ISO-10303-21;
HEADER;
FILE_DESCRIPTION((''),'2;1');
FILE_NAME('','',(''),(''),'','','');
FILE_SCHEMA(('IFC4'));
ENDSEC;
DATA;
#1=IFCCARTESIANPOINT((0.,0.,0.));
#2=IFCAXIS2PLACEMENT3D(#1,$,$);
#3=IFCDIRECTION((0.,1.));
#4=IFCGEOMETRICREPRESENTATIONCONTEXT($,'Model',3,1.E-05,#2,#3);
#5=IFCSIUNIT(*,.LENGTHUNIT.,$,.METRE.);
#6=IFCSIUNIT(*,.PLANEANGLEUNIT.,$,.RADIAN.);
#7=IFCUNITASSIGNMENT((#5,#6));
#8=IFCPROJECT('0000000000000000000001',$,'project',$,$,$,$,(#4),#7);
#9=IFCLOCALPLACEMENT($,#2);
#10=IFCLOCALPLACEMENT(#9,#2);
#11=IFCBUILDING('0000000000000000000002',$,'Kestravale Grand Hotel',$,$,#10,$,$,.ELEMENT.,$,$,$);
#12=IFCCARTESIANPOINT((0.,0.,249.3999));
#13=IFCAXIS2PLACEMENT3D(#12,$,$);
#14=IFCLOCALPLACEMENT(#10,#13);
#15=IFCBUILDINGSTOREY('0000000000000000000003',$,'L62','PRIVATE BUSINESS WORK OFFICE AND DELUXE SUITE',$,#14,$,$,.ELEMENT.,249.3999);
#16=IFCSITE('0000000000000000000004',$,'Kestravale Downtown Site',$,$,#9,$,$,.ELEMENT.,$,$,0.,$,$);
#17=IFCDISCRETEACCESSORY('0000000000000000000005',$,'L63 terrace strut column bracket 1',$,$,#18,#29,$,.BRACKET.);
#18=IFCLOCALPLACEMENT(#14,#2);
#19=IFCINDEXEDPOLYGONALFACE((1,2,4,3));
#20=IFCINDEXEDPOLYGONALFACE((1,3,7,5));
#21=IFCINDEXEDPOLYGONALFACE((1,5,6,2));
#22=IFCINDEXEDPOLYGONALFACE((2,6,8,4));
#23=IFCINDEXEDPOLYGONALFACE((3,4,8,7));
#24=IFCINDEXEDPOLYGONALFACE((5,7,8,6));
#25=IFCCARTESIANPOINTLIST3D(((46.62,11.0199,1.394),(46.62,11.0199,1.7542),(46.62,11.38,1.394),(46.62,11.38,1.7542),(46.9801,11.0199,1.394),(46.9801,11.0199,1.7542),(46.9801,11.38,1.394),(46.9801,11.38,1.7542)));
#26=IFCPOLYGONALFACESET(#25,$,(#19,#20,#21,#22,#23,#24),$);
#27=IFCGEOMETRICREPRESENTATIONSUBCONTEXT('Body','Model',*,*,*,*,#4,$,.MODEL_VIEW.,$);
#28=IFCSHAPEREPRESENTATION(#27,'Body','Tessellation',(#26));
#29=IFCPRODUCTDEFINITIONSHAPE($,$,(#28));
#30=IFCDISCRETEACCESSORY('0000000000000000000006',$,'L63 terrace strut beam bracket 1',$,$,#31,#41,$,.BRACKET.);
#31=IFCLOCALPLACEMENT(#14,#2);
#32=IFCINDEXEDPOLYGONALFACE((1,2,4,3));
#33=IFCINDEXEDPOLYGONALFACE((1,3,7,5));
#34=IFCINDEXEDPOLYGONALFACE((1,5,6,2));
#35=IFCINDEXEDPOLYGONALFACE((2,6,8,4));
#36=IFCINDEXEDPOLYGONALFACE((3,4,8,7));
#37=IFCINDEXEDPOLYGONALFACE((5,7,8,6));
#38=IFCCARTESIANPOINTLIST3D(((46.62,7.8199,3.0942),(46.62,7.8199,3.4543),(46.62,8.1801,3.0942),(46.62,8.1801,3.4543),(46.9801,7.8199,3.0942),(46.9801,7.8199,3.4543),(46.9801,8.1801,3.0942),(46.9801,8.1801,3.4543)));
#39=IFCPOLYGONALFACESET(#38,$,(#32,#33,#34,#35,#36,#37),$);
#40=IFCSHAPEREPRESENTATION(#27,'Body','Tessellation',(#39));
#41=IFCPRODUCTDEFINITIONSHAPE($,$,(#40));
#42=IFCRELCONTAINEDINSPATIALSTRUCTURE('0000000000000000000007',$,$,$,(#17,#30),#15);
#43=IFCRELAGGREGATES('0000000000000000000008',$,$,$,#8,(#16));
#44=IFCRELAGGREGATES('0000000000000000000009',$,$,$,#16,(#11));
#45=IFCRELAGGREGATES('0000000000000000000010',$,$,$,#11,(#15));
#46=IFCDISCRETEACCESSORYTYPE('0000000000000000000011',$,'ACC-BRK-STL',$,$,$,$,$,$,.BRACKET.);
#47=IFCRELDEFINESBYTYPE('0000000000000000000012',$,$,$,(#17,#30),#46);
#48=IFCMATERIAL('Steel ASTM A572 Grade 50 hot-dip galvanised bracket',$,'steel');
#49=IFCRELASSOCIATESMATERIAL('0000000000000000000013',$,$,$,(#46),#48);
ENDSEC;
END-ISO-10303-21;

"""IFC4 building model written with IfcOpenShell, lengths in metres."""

from ifc_helpers import new_model, si_unit, direction, frame, origin, origin_2d, place, context, subcontext, project, spatial, rectangle, extrude, material, type_object, element, save


model = new_model("IFC4")

# Units and contexts
model_context = context("Model", 3, precision=1e-05, world=origin(), true_north=direction((0.0, 1.0)))
body_context = subcontext(model_context, "Body", "Model", "MODEL_VIEW")
ifc_project = project(units=[si_unit("LENGTHUNIT", "METRE"), si_unit("PLANEANGLEUNIT", "RADIAN")], contexts=[model_context])

# Site, building, storey
site_placement = place(None, origin())
site = spatial("IfcSite", under=ifc_project, at=site_placement, Name="Kestravale Downtown Site", CompositionType="ELEMENT", RefElevation=0.0)
building_placement = place(site_placement, origin())
building = spatial("IfcBuilding", under=site, at=building_placement, Name="Kestravale Grand Hotel", CompositionType="ELEMENT")
storey_placement = place(building_placement, frame((0.0, 0.0, 249.3999)))
storey = spatial("IfcBuildingStorey", under=building, at=storey_placement, Name="L62", Description="PRIVATE BUSINESS WORK OFFICE AND DELUXE SUITE", CompositionType="ELEMENT", Elevation=249.3999)

# Discrete accessories
ifc_material_1 = material(Name="Steel ASTM A572 Grade 50 hot-dip galvanised bracket", Category="steel")
discrete_accessory_type = type_object("IfcDiscreteAccessoryType", Name="ACC-BRK-STL", PredefinedType="BRACKET", material=ifc_material_1)
for number, where, z_axis, x_axis, name in (
    (1, (46.8, 11.2, 1.394), (0.0, 0.0, 1.0), (1.0, 0.0, 0.0), "L63 terrace strut column bracket 1"),
    (2, (46.8, 8.0, 3.0942), (0.0, 0.0, 1.0), (1.0, 0.0, 0.0), "L63 terrace strut beam bracket 1"),
):
    element("IfcDiscreteAccessory", number, at=place(storey_placement, frame(where, z_axis=z_axis, x_axis=x_axis)), inside=storey, type_object=discrete_accessory_type, Name=name, PredefinedType="BRACKET", context=body_context, shape_type="SweptSolid", body=[
        extrude(rectangle(XDim=0.3601, YDim=0.3601, at=origin_2d()), origin(), (0.0, 0.0, 1.0), 0.3601),
    ])

save(model, "model.ifc")
